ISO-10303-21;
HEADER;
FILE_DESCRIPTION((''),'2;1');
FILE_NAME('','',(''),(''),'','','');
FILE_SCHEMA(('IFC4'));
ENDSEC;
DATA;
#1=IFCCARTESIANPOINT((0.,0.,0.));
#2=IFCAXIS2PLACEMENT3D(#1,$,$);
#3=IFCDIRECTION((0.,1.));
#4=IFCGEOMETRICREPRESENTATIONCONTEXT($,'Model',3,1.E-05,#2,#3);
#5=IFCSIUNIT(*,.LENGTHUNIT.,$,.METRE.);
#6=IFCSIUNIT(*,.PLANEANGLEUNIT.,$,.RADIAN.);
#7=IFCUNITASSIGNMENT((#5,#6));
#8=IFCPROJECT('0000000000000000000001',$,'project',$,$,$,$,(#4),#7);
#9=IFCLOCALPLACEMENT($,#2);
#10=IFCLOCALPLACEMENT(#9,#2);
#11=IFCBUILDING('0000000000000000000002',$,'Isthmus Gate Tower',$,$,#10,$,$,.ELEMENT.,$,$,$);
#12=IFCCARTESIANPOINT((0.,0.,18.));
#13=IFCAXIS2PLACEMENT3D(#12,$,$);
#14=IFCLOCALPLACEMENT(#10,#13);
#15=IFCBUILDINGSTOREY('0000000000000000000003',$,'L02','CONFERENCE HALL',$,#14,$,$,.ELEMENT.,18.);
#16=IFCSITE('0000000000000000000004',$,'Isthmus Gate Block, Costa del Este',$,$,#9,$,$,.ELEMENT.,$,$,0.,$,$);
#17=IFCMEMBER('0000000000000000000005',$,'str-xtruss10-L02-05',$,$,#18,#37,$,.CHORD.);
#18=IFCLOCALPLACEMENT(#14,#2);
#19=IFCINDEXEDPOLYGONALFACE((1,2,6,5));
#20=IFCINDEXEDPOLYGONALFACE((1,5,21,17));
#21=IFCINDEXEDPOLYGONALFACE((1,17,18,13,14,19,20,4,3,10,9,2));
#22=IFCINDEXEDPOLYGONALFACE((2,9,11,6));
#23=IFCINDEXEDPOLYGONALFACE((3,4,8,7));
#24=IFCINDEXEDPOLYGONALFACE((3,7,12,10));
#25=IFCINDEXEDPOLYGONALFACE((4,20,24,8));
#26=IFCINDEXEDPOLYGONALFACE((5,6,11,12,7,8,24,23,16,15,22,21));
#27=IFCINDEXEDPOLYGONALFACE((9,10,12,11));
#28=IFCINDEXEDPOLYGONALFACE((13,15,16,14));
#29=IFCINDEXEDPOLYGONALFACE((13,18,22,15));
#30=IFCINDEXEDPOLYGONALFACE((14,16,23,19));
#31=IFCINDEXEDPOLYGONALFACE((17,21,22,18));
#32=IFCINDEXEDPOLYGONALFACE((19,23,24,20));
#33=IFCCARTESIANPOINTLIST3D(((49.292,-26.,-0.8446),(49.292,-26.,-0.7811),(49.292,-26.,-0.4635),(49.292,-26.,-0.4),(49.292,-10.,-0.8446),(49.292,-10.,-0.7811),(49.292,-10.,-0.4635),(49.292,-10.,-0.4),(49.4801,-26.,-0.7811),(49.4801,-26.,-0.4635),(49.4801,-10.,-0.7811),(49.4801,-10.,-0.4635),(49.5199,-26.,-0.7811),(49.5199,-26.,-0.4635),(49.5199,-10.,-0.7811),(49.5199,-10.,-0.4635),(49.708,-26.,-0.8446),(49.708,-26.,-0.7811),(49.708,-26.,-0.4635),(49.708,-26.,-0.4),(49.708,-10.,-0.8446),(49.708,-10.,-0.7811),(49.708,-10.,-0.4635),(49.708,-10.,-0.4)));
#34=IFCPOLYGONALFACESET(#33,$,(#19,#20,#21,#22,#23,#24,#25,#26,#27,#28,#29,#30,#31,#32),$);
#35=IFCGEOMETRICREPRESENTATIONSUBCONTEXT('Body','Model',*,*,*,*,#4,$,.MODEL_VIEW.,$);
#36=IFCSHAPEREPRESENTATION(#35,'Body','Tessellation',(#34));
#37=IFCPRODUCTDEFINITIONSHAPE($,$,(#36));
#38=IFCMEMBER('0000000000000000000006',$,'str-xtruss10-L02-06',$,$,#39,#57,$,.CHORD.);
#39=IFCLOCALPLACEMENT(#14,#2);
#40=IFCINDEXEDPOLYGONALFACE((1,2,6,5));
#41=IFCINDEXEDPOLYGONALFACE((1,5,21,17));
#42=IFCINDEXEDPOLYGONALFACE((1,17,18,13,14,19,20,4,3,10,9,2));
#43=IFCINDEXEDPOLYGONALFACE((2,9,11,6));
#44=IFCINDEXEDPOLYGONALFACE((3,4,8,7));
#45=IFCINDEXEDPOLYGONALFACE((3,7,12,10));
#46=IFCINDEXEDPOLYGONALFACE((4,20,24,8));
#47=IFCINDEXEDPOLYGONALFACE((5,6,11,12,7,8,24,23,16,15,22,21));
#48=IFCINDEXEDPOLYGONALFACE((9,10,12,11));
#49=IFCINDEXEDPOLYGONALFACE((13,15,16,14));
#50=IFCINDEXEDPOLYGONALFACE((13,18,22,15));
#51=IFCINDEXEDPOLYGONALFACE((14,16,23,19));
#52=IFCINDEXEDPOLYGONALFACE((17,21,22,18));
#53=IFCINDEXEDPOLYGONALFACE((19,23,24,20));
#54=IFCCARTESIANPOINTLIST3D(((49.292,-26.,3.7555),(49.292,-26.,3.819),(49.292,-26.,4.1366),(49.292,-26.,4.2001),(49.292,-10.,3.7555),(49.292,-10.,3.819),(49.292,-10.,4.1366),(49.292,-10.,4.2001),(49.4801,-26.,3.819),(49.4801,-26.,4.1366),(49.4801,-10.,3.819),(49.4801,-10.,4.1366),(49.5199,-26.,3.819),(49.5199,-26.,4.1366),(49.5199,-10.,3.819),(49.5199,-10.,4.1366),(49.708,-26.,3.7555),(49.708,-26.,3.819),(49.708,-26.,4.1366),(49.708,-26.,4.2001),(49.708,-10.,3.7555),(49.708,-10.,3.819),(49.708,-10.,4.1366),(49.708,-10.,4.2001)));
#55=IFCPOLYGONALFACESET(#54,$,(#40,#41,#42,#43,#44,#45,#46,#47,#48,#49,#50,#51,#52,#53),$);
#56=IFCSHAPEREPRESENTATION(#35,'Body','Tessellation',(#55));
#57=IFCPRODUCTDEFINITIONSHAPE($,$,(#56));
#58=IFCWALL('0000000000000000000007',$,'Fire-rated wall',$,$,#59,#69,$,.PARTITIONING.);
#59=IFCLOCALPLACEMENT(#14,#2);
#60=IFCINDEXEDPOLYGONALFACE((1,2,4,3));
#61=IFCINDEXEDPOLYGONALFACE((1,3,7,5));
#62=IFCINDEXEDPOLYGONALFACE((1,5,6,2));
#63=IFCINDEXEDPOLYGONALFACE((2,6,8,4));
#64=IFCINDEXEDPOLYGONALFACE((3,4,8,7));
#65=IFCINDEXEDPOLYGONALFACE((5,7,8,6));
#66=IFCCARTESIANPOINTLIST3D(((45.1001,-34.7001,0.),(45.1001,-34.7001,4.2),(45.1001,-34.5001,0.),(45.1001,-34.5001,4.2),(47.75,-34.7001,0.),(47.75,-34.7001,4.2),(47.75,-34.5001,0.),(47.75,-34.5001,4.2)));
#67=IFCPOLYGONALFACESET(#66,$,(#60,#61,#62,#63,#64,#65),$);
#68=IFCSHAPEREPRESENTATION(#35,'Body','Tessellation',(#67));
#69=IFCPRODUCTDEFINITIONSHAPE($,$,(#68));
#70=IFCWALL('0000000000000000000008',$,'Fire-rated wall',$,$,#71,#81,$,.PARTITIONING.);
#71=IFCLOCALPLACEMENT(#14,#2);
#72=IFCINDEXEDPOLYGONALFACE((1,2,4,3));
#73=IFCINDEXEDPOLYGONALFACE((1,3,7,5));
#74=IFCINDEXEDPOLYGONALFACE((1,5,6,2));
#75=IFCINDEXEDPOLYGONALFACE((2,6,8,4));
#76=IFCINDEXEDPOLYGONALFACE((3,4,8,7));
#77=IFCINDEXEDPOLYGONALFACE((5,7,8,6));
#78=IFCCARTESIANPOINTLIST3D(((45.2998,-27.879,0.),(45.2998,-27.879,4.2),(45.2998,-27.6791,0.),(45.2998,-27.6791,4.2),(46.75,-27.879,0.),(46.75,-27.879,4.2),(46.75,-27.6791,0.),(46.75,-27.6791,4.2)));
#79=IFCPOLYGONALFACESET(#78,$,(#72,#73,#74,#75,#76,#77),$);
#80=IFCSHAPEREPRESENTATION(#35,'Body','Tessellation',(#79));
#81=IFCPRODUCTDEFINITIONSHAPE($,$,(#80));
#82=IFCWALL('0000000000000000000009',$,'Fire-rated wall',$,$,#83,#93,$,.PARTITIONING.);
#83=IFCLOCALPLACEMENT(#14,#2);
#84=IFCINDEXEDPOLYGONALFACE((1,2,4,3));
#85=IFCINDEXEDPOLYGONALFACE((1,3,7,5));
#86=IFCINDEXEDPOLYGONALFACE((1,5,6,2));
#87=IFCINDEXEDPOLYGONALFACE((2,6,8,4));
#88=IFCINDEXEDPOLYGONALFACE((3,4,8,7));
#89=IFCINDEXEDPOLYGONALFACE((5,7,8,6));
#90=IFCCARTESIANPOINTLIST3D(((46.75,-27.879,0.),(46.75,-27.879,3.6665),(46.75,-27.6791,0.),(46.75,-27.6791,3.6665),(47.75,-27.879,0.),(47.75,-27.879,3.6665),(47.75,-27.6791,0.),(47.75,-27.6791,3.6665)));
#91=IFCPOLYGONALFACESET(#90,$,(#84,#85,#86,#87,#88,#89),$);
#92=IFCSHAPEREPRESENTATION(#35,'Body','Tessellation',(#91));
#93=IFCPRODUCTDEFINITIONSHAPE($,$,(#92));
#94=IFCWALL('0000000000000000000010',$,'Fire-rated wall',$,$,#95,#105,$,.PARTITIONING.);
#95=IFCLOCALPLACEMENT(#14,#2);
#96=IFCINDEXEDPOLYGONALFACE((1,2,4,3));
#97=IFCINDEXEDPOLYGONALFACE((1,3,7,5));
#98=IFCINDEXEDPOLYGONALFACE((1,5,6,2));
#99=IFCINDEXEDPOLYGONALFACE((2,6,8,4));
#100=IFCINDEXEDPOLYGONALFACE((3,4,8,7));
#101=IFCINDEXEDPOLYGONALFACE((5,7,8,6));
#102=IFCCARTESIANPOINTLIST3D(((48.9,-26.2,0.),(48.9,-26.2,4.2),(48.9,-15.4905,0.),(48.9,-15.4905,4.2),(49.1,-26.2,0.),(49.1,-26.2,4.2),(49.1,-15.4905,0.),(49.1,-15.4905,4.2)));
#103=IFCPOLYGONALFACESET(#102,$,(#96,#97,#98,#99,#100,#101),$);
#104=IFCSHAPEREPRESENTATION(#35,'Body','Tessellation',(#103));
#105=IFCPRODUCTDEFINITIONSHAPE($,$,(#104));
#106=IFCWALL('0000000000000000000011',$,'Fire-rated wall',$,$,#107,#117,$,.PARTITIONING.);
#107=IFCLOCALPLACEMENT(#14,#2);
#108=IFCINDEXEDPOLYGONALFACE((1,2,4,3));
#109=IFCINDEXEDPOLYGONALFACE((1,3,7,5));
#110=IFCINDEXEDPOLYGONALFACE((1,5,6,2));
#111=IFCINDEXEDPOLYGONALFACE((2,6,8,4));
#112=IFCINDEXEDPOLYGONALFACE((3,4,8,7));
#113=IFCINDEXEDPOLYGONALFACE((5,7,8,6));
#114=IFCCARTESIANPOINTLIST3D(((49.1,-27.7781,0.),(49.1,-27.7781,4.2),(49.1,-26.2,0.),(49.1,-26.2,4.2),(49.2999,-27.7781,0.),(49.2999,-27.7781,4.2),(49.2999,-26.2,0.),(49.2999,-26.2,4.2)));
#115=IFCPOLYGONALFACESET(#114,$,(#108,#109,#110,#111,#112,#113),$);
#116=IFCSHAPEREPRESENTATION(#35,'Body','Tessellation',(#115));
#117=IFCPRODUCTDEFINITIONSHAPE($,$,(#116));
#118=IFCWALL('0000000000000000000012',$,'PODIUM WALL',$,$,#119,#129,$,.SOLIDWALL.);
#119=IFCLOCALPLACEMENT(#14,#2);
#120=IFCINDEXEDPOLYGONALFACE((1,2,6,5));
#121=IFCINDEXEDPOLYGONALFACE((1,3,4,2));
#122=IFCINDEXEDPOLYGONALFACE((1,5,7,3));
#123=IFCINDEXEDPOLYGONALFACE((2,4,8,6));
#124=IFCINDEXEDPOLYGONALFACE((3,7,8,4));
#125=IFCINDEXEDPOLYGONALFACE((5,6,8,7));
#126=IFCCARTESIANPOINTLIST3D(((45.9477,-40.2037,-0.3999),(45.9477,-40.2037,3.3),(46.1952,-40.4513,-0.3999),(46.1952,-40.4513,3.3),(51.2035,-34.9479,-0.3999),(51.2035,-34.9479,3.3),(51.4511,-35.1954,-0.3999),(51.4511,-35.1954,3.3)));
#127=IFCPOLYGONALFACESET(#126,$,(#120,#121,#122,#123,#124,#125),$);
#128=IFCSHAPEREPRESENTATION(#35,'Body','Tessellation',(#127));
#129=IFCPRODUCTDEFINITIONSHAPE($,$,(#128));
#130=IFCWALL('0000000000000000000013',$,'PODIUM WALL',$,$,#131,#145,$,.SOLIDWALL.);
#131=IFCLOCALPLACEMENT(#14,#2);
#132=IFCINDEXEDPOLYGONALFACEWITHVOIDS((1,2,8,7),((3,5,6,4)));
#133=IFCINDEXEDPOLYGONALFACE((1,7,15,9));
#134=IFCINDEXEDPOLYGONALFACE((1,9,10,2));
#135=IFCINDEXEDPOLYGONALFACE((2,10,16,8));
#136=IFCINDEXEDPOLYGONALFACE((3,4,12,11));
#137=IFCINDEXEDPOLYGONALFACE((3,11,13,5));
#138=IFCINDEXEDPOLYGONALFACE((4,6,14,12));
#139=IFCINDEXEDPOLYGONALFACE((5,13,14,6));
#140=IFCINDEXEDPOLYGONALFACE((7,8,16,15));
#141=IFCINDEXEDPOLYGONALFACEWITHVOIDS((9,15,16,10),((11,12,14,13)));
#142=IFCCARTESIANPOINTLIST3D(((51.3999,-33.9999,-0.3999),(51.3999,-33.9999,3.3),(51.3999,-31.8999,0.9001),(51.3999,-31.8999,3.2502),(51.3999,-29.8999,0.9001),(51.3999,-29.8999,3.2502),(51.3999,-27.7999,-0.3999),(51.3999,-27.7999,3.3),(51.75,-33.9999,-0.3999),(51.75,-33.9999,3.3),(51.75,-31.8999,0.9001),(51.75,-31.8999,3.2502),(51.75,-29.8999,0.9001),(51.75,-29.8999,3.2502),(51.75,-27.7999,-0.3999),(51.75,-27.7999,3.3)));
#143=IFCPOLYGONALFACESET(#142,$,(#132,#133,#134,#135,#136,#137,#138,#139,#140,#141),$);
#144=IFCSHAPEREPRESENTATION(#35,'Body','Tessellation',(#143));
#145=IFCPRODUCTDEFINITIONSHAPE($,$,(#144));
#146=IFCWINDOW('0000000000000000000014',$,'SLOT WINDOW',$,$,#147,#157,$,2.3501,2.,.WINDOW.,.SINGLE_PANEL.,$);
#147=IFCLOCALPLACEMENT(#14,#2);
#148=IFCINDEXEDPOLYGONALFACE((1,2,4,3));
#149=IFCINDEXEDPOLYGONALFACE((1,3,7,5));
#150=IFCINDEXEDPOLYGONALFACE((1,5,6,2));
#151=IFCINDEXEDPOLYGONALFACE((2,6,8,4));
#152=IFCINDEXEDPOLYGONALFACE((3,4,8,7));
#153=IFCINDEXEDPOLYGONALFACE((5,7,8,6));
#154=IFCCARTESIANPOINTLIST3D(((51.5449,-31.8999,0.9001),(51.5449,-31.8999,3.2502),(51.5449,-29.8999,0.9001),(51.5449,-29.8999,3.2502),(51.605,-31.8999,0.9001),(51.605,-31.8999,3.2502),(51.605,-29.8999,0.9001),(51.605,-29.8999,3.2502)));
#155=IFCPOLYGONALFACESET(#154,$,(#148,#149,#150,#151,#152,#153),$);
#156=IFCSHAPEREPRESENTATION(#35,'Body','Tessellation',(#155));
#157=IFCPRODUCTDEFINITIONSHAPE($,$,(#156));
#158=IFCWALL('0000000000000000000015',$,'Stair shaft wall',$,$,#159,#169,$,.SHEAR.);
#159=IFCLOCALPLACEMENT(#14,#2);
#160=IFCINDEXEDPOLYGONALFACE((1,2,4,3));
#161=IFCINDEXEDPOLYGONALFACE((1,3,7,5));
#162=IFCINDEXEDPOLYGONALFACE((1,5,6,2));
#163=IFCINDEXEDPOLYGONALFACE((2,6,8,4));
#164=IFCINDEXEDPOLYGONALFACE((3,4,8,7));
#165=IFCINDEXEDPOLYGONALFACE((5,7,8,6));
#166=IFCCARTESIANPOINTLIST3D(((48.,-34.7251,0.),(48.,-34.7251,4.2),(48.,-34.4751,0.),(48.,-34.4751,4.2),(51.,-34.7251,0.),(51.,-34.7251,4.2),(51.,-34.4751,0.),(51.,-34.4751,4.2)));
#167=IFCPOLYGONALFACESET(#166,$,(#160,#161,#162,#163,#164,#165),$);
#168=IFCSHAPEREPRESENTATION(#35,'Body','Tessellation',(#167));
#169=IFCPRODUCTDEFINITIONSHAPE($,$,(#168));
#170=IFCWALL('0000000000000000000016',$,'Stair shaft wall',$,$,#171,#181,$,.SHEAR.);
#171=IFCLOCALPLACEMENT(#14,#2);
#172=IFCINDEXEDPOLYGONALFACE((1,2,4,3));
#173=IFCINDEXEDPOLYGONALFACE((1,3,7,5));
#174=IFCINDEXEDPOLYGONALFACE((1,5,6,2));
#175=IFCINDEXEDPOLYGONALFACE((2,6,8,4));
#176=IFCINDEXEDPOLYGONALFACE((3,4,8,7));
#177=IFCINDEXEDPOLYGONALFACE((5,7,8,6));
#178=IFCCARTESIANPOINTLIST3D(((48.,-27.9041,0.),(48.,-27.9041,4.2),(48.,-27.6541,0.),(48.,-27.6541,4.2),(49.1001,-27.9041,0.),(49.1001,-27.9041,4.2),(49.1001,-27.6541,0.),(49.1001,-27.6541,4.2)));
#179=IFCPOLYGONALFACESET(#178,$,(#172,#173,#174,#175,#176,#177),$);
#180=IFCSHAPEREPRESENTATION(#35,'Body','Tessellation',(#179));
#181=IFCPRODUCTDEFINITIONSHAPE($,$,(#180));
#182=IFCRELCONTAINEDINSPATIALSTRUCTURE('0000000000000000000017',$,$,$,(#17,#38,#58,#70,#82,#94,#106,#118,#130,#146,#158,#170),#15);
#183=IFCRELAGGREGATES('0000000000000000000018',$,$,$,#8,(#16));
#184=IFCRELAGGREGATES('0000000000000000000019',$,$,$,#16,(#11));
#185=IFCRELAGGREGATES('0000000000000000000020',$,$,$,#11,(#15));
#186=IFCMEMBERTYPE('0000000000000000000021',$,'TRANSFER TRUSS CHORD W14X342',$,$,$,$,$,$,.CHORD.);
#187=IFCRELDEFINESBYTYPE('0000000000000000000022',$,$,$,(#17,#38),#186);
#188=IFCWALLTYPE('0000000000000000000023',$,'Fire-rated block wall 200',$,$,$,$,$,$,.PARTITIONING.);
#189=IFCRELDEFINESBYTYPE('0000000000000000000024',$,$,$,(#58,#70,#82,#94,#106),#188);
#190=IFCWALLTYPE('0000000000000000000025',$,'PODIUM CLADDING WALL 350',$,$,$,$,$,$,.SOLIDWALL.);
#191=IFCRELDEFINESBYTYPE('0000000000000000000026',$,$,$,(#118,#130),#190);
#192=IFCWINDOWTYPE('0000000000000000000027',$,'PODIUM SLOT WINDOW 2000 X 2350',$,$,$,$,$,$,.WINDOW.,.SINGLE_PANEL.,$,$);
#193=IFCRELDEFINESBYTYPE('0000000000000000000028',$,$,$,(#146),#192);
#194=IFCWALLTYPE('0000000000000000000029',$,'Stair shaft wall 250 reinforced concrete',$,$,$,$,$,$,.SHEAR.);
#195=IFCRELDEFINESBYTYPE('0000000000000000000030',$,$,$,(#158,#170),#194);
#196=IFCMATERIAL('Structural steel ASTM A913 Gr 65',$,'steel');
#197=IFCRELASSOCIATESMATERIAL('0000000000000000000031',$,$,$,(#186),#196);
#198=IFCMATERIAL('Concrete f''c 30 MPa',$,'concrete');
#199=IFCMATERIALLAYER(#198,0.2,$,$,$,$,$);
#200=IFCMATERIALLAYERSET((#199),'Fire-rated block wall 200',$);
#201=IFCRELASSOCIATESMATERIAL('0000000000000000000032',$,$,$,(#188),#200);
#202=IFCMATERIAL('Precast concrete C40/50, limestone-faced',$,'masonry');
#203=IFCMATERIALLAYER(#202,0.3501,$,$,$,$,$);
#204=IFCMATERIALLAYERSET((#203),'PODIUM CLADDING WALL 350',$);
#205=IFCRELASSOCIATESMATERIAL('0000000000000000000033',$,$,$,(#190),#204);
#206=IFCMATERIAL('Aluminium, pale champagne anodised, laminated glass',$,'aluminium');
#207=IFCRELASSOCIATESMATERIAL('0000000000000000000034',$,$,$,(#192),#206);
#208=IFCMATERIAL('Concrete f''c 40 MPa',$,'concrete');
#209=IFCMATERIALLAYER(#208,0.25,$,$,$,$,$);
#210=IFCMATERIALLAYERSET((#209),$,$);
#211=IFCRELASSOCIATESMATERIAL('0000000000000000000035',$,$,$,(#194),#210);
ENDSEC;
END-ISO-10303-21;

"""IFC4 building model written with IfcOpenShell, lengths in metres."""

from ifc_helpers import new_model, si_unit, direction, frame, frame_2d, origin, origin_2d, place, context, subcontext, project, spatial, rectangle, i_section, extrude, material, layer, layer_set, material_profile, profile_set, type_object, element, fill, save


model = new_model("IFC4")

# Units and contexts
model_context = context("Model", 3, precision=1e-05, world=origin(), true_north=direction((0.0, 1.0)))
body_context = subcontext(model_context, "Body", "Model", "MODEL_VIEW")
ifc_project = project(units=[si_unit("LENGTHUNIT", "METRE"), si_unit("PLANEANGLEUNIT", "RADIAN")], contexts=[model_context])

# Site, building, storey
site_placement = place(None, origin())
site = spatial("IfcSite", under=ifc_project, at=site_placement, Name="Isthmus Gate Block, Costa del Este", CompositionType="ELEMENT", RefElevation=0.0)
building_placement = place(site_placement, origin())
building = spatial("IfcBuilding", under=site, at=building_placement, Name="Isthmus Gate Tower", CompositionType="ELEMENT")
storey_placement = place(building_placement, frame((0.0, 0.0, 18.0)))
storey = spatial("IfcBuildingStorey", under=building, at=storey_placement, Name="L02", Description="CONFERENCE HALL", CompositionType="ELEMENT", Elevation=18.0)

# Members
ifc_material_1 = material(Name="Structural steel ASTM A913 Gr 65", Category="steel")
ifc_material_profile_1 = material_profile(ifc_material_1, i_section(OverallWidth=0.416, OverallDepth=0.4446, WebThickness=0.0398, FlangeThickness=0.0635, at=origin_2d()), Name="W14X342")
ifc_profile_set_1 = profile_set([ifc_material_profile_1], Name="Structural steel ASTM A913 Gr 65")
member_type = type_object("IfcMemberType", Name="TRANSFER TRUSS CHORD W14X342", PredefinedType="CHORD", material=ifc_profile_set_1)
for number, where, z_axis, x_axis, name in (
    (1, (49.5, -26.0, -0.6223), (0.0, 1.0, 0.0), (-1.0, 0.0, 0.0), "str-xtruss10-L02-05"),
    (2, (49.5, -26.0, 3.9778), (0.0, 1.0, 0.0), (-1.0, 0.0, 0.0), "str-xtruss10-L02-06"),
):
    element("IfcMember", number, at=place(storey_placement, frame(where, z_axis=z_axis, x_axis=x_axis)), inside=storey, type_object=member_type, Name=name, PredefinedType="CHORD", context=body_context, shape_type="SweptSolid", body=[
        extrude(i_section(OverallWidth=0.416, OverallDepth=0.4446, WebThickness=0.0398, FlangeThickness=0.0635, at=origin_2d()), origin(), (0.0, 0.0, 1.0), 16.0),
    ])

# Walls
ifc_material_2 = material(Name="Concrete f'c 30 MPa", Category="concrete")
ifc_layer_1 = layer(ifc_material_2, 0.2)
ifc_layer_set_1 = layer_set([ifc_layer_1], Name="Fire-rated block wall 200")
wall_type_1 = type_object("IfcWallType", Name="Fire-rated block wall 200", PredefinedType="PARTITIONING", material=ifc_layer_set_1)
wall_1_placement = place(storey_placement, frame((45.1001, -34.6001, 0.0), z_axis=(0.0, 0.0, 1.0), x_axis=(1.0, 0.0, 0.0)))
element("IfcWall", 3, at=wall_1_placement, inside=storey, type_object=wall_type_1, Name="Fire-rated wall", PredefinedType="PARTITIONING", context=body_context, shape_type="SweptSolid", body=[
    extrude(rectangle(XDim=2.6499, YDim=0.2, at=frame_2d((1.325, 0.0))), origin(), (0.0, 0.0, 1.0), 4.2),
])
wall_2_placement = place(storey_placement, frame((45.2998, -27.7791, 0.0), z_axis=(0.0, 0.0, 1.0), x_axis=(1.0, 0.0, 0.0)))
element("IfcWall", 4, at=wall_2_placement, inside=storey, type_object=wall_type_1, Name="Fire-rated wall", PredefinedType="PARTITIONING", context=body_context, shape_type="SweptSolid", body=[
    extrude(rectangle(XDim=1.4502, YDim=0.2, at=frame_2d((0.7251, 0.0))), origin(), (0.0, 0.0, 1.0), 4.2),
])
wall_3_placement = place(storey_placement, frame((46.75, -27.7791, 0.0), z_axis=(0.0, 0.0, 1.0), x_axis=(1.0, 0.0, 0.0)))
element("IfcWall", 5, at=wall_3_placement, inside=storey, type_object=wall_type_1, Name="Fire-rated wall", PredefinedType="PARTITIONING", context=body_context, shape_type="SweptSolid", body=[
    extrude(rectangle(XDim=1.0, YDim=0.2, at=frame_2d((0.5, 0.0))), origin(), (0.0, 0.0, 1.0), 3.6665),
])
wall_4_placement = place(storey_placement, frame((49.0, -26.2, 0.0), z_axis=(0.0, 0.0, 1.0), x_axis=(0.0, 1.0, 0.0)))
element("IfcWall", 6, at=wall_4_placement, inside=storey, type_object=wall_type_1, Name="Fire-rated wall", PredefinedType="PARTITIONING", context=body_context, shape_type="SweptSolid", body=[
    extrude(rectangle(XDim=10.7095, YDim=0.2, at=frame_2d((5.3547, 0.0))), origin(), (0.0, 0.0, 1.0), 4.2),
])
wall_5_placement = place(storey_placement, frame((49.2, -27.7781, 0.0), z_axis=(0.0, 0.0, 1.0), x_axis=(0.0, 1.0, 0.0)))
element("IfcWall", 7, at=wall_5_placement, inside=storey, type_object=wall_type_1, Name="Fire-rated wall", PredefinedType="PARTITIONING", context=body_context, shape_type="SweptSolid", body=[
    extrude(rectangle(XDim=1.5781, YDim=0.2, at=frame_2d((0.7891, 0.0))), origin(), (0.0, 0.0, 1.0), 4.2),
])
ifc_material_3 = material(Name="Precast concrete C40/50, limestone-faced", Category="masonry")
ifc_layer_2 = layer(ifc_material_3, 0.3501)
ifc_layer_set_2 = layer_set([ifc_layer_2], Name="PODIUM CLADDING WALL 350")
wall_type_2 = type_object("IfcWallType", Name="PODIUM CLADDING WALL 350", PredefinedType="SOLIDWALL", material=ifc_layer_set_2)
wall_6_placement = place(storey_placement, frame((46.0715, -40.3274, -0.3999), z_axis=(0.0, 0.0, 1.0), x_axis=(0.707107, 0.707107, 0.0)))
element("IfcWall", 8, at=wall_6_placement, inside=storey, type_object=wall_type_2, Name="PODIUM WALL", PredefinedType="SOLIDWALL", context=body_context, shape_type="SweptSolid", body=[
    extrude(rectangle(XDim=7.4329, YDim=0.3501, at=frame_2d((3.7163, 0.0))), origin(), (0.0, 0.0, 1.0), 3.7),
])

# Wall, opening, window
wall_7_placement = place(storey_placement, frame((51.575, -34.0, -0.3999), z_axis=(0.0, 0.0, 1.0), x_axis=(0.0, 1.0, 0.0)))
wall_7 = element("IfcWall", 9, at=wall_7_placement, inside=storey, type_object=wall_type_2, Name="PODIUM WALL", PredefinedType="SOLIDWALL", context=body_context, shape_type="SweptSolid", body=[
    extrude(rectangle(XDim=6.2, YDim=0.3501, at=frame_2d((3.1001, 0.0))), origin(), (0.0, 0.0, 1.0), 3.7),
])
opening_1_placement = place(wall_7_placement, frame((2.1001, 0.0, 1.3)))
opening_1 = element("IfcOpeningElement", 10, at=opening_1_placement, cuts=wall_7, PredefinedType="OPENING", context=body_context, shape_type="SweptSolid", body=[
    extrude(rectangle(XDim=2.0, YDim=2.3501, at=frame_2d((1.0, 1.175))), frame((0.0, 0.1851, 0.0), z_axis=(0.0, -1.0, 0.0), x_axis=(1.0, 0.0, 0.0)), (0.0, 0.0, 1.0), 0.3701),
])
ifc_material_4 = material(Name="Aluminium, pale champagne anodised, laminated glass", Category="aluminium")
window_type = type_object("IfcWindowType", Name="PODIUM SLOT WINDOW 2000 X 2350", PartitioningType="SINGLE_PANEL", PredefinedType="WINDOW", material=ifc_material_4)
window_placement = place(opening_1_placement, origin())
window = element("IfcWindow", 11, at=window_placement, inside=storey, type_object=window_type, Name="SLOT WINDOW", OverallHeight=2.3501, OverallWidth=2.0, PartitioningType="SINGLE_PANEL", PredefinedType="WINDOW", context=body_context, shape_type="SweptSolid", body=[
    extrude(rectangle(XDim=2.0, YDim=2.3501, at=frame_2d((1.0, 1.175))), frame((0.0, 0.03, 0.0), z_axis=(0.0, -1.0, 0.0), x_axis=(1.0, 0.0, 0.0)), (0.0, 0.0, 1.0), 0.0601),
])
fill(opening_1, window)

# Walls
ifc_material_5 = material(Name="Concrete f'c 40 MPa", Category="concrete")
ifc_layer_3 = layer(ifc_material_5, 0.25)
ifc_layer_set_3 = layer_set([ifc_layer_3])
wall_type_3 = type_object("IfcWallType", Name="Stair shaft wall 250 reinforced concrete", PredefinedType="SHEAR", material=ifc_layer_set_3)
wall_8_placement = place(storey_placement, frame((48.0, -34.6001, 0.0), z_axis=(0.0, 0.0, 1.0), x_axis=(1.0, 0.0, 0.0)))
element("IfcWall", 12, at=wall_8_placement, inside=storey, type_object=wall_type_3, Name="Stair shaft wall", PredefinedType="SHEAR", context=body_context, shape_type="SweptSolid", body=[
    extrude(rectangle(XDim=3.0, YDim=0.25, at=frame_2d((1.5, 0.0))), origin(), (0.0, 0.0, 1.0), 4.2),
])
wall_9_placement = place(storey_placement, frame((48.0, -27.7791, 0.0), z_axis=(0.0, 0.0, 1.0), x_axis=(1.0, 0.0, 0.0)))
element("IfcWall", 13, at=wall_9_placement, inside=storey, type_object=wall_type_3, Name="Stair shaft wall", PredefinedType="SHEAR", context=body_context, shape_type="SweptSolid", body=[
    extrude(rectangle(XDim=1.1001, YDim=0.25, at=frame_2d((0.55, 0.0))), origin(), (0.0, 0.0, 1.0), 4.2),
])

save(model, "model.ifc")
